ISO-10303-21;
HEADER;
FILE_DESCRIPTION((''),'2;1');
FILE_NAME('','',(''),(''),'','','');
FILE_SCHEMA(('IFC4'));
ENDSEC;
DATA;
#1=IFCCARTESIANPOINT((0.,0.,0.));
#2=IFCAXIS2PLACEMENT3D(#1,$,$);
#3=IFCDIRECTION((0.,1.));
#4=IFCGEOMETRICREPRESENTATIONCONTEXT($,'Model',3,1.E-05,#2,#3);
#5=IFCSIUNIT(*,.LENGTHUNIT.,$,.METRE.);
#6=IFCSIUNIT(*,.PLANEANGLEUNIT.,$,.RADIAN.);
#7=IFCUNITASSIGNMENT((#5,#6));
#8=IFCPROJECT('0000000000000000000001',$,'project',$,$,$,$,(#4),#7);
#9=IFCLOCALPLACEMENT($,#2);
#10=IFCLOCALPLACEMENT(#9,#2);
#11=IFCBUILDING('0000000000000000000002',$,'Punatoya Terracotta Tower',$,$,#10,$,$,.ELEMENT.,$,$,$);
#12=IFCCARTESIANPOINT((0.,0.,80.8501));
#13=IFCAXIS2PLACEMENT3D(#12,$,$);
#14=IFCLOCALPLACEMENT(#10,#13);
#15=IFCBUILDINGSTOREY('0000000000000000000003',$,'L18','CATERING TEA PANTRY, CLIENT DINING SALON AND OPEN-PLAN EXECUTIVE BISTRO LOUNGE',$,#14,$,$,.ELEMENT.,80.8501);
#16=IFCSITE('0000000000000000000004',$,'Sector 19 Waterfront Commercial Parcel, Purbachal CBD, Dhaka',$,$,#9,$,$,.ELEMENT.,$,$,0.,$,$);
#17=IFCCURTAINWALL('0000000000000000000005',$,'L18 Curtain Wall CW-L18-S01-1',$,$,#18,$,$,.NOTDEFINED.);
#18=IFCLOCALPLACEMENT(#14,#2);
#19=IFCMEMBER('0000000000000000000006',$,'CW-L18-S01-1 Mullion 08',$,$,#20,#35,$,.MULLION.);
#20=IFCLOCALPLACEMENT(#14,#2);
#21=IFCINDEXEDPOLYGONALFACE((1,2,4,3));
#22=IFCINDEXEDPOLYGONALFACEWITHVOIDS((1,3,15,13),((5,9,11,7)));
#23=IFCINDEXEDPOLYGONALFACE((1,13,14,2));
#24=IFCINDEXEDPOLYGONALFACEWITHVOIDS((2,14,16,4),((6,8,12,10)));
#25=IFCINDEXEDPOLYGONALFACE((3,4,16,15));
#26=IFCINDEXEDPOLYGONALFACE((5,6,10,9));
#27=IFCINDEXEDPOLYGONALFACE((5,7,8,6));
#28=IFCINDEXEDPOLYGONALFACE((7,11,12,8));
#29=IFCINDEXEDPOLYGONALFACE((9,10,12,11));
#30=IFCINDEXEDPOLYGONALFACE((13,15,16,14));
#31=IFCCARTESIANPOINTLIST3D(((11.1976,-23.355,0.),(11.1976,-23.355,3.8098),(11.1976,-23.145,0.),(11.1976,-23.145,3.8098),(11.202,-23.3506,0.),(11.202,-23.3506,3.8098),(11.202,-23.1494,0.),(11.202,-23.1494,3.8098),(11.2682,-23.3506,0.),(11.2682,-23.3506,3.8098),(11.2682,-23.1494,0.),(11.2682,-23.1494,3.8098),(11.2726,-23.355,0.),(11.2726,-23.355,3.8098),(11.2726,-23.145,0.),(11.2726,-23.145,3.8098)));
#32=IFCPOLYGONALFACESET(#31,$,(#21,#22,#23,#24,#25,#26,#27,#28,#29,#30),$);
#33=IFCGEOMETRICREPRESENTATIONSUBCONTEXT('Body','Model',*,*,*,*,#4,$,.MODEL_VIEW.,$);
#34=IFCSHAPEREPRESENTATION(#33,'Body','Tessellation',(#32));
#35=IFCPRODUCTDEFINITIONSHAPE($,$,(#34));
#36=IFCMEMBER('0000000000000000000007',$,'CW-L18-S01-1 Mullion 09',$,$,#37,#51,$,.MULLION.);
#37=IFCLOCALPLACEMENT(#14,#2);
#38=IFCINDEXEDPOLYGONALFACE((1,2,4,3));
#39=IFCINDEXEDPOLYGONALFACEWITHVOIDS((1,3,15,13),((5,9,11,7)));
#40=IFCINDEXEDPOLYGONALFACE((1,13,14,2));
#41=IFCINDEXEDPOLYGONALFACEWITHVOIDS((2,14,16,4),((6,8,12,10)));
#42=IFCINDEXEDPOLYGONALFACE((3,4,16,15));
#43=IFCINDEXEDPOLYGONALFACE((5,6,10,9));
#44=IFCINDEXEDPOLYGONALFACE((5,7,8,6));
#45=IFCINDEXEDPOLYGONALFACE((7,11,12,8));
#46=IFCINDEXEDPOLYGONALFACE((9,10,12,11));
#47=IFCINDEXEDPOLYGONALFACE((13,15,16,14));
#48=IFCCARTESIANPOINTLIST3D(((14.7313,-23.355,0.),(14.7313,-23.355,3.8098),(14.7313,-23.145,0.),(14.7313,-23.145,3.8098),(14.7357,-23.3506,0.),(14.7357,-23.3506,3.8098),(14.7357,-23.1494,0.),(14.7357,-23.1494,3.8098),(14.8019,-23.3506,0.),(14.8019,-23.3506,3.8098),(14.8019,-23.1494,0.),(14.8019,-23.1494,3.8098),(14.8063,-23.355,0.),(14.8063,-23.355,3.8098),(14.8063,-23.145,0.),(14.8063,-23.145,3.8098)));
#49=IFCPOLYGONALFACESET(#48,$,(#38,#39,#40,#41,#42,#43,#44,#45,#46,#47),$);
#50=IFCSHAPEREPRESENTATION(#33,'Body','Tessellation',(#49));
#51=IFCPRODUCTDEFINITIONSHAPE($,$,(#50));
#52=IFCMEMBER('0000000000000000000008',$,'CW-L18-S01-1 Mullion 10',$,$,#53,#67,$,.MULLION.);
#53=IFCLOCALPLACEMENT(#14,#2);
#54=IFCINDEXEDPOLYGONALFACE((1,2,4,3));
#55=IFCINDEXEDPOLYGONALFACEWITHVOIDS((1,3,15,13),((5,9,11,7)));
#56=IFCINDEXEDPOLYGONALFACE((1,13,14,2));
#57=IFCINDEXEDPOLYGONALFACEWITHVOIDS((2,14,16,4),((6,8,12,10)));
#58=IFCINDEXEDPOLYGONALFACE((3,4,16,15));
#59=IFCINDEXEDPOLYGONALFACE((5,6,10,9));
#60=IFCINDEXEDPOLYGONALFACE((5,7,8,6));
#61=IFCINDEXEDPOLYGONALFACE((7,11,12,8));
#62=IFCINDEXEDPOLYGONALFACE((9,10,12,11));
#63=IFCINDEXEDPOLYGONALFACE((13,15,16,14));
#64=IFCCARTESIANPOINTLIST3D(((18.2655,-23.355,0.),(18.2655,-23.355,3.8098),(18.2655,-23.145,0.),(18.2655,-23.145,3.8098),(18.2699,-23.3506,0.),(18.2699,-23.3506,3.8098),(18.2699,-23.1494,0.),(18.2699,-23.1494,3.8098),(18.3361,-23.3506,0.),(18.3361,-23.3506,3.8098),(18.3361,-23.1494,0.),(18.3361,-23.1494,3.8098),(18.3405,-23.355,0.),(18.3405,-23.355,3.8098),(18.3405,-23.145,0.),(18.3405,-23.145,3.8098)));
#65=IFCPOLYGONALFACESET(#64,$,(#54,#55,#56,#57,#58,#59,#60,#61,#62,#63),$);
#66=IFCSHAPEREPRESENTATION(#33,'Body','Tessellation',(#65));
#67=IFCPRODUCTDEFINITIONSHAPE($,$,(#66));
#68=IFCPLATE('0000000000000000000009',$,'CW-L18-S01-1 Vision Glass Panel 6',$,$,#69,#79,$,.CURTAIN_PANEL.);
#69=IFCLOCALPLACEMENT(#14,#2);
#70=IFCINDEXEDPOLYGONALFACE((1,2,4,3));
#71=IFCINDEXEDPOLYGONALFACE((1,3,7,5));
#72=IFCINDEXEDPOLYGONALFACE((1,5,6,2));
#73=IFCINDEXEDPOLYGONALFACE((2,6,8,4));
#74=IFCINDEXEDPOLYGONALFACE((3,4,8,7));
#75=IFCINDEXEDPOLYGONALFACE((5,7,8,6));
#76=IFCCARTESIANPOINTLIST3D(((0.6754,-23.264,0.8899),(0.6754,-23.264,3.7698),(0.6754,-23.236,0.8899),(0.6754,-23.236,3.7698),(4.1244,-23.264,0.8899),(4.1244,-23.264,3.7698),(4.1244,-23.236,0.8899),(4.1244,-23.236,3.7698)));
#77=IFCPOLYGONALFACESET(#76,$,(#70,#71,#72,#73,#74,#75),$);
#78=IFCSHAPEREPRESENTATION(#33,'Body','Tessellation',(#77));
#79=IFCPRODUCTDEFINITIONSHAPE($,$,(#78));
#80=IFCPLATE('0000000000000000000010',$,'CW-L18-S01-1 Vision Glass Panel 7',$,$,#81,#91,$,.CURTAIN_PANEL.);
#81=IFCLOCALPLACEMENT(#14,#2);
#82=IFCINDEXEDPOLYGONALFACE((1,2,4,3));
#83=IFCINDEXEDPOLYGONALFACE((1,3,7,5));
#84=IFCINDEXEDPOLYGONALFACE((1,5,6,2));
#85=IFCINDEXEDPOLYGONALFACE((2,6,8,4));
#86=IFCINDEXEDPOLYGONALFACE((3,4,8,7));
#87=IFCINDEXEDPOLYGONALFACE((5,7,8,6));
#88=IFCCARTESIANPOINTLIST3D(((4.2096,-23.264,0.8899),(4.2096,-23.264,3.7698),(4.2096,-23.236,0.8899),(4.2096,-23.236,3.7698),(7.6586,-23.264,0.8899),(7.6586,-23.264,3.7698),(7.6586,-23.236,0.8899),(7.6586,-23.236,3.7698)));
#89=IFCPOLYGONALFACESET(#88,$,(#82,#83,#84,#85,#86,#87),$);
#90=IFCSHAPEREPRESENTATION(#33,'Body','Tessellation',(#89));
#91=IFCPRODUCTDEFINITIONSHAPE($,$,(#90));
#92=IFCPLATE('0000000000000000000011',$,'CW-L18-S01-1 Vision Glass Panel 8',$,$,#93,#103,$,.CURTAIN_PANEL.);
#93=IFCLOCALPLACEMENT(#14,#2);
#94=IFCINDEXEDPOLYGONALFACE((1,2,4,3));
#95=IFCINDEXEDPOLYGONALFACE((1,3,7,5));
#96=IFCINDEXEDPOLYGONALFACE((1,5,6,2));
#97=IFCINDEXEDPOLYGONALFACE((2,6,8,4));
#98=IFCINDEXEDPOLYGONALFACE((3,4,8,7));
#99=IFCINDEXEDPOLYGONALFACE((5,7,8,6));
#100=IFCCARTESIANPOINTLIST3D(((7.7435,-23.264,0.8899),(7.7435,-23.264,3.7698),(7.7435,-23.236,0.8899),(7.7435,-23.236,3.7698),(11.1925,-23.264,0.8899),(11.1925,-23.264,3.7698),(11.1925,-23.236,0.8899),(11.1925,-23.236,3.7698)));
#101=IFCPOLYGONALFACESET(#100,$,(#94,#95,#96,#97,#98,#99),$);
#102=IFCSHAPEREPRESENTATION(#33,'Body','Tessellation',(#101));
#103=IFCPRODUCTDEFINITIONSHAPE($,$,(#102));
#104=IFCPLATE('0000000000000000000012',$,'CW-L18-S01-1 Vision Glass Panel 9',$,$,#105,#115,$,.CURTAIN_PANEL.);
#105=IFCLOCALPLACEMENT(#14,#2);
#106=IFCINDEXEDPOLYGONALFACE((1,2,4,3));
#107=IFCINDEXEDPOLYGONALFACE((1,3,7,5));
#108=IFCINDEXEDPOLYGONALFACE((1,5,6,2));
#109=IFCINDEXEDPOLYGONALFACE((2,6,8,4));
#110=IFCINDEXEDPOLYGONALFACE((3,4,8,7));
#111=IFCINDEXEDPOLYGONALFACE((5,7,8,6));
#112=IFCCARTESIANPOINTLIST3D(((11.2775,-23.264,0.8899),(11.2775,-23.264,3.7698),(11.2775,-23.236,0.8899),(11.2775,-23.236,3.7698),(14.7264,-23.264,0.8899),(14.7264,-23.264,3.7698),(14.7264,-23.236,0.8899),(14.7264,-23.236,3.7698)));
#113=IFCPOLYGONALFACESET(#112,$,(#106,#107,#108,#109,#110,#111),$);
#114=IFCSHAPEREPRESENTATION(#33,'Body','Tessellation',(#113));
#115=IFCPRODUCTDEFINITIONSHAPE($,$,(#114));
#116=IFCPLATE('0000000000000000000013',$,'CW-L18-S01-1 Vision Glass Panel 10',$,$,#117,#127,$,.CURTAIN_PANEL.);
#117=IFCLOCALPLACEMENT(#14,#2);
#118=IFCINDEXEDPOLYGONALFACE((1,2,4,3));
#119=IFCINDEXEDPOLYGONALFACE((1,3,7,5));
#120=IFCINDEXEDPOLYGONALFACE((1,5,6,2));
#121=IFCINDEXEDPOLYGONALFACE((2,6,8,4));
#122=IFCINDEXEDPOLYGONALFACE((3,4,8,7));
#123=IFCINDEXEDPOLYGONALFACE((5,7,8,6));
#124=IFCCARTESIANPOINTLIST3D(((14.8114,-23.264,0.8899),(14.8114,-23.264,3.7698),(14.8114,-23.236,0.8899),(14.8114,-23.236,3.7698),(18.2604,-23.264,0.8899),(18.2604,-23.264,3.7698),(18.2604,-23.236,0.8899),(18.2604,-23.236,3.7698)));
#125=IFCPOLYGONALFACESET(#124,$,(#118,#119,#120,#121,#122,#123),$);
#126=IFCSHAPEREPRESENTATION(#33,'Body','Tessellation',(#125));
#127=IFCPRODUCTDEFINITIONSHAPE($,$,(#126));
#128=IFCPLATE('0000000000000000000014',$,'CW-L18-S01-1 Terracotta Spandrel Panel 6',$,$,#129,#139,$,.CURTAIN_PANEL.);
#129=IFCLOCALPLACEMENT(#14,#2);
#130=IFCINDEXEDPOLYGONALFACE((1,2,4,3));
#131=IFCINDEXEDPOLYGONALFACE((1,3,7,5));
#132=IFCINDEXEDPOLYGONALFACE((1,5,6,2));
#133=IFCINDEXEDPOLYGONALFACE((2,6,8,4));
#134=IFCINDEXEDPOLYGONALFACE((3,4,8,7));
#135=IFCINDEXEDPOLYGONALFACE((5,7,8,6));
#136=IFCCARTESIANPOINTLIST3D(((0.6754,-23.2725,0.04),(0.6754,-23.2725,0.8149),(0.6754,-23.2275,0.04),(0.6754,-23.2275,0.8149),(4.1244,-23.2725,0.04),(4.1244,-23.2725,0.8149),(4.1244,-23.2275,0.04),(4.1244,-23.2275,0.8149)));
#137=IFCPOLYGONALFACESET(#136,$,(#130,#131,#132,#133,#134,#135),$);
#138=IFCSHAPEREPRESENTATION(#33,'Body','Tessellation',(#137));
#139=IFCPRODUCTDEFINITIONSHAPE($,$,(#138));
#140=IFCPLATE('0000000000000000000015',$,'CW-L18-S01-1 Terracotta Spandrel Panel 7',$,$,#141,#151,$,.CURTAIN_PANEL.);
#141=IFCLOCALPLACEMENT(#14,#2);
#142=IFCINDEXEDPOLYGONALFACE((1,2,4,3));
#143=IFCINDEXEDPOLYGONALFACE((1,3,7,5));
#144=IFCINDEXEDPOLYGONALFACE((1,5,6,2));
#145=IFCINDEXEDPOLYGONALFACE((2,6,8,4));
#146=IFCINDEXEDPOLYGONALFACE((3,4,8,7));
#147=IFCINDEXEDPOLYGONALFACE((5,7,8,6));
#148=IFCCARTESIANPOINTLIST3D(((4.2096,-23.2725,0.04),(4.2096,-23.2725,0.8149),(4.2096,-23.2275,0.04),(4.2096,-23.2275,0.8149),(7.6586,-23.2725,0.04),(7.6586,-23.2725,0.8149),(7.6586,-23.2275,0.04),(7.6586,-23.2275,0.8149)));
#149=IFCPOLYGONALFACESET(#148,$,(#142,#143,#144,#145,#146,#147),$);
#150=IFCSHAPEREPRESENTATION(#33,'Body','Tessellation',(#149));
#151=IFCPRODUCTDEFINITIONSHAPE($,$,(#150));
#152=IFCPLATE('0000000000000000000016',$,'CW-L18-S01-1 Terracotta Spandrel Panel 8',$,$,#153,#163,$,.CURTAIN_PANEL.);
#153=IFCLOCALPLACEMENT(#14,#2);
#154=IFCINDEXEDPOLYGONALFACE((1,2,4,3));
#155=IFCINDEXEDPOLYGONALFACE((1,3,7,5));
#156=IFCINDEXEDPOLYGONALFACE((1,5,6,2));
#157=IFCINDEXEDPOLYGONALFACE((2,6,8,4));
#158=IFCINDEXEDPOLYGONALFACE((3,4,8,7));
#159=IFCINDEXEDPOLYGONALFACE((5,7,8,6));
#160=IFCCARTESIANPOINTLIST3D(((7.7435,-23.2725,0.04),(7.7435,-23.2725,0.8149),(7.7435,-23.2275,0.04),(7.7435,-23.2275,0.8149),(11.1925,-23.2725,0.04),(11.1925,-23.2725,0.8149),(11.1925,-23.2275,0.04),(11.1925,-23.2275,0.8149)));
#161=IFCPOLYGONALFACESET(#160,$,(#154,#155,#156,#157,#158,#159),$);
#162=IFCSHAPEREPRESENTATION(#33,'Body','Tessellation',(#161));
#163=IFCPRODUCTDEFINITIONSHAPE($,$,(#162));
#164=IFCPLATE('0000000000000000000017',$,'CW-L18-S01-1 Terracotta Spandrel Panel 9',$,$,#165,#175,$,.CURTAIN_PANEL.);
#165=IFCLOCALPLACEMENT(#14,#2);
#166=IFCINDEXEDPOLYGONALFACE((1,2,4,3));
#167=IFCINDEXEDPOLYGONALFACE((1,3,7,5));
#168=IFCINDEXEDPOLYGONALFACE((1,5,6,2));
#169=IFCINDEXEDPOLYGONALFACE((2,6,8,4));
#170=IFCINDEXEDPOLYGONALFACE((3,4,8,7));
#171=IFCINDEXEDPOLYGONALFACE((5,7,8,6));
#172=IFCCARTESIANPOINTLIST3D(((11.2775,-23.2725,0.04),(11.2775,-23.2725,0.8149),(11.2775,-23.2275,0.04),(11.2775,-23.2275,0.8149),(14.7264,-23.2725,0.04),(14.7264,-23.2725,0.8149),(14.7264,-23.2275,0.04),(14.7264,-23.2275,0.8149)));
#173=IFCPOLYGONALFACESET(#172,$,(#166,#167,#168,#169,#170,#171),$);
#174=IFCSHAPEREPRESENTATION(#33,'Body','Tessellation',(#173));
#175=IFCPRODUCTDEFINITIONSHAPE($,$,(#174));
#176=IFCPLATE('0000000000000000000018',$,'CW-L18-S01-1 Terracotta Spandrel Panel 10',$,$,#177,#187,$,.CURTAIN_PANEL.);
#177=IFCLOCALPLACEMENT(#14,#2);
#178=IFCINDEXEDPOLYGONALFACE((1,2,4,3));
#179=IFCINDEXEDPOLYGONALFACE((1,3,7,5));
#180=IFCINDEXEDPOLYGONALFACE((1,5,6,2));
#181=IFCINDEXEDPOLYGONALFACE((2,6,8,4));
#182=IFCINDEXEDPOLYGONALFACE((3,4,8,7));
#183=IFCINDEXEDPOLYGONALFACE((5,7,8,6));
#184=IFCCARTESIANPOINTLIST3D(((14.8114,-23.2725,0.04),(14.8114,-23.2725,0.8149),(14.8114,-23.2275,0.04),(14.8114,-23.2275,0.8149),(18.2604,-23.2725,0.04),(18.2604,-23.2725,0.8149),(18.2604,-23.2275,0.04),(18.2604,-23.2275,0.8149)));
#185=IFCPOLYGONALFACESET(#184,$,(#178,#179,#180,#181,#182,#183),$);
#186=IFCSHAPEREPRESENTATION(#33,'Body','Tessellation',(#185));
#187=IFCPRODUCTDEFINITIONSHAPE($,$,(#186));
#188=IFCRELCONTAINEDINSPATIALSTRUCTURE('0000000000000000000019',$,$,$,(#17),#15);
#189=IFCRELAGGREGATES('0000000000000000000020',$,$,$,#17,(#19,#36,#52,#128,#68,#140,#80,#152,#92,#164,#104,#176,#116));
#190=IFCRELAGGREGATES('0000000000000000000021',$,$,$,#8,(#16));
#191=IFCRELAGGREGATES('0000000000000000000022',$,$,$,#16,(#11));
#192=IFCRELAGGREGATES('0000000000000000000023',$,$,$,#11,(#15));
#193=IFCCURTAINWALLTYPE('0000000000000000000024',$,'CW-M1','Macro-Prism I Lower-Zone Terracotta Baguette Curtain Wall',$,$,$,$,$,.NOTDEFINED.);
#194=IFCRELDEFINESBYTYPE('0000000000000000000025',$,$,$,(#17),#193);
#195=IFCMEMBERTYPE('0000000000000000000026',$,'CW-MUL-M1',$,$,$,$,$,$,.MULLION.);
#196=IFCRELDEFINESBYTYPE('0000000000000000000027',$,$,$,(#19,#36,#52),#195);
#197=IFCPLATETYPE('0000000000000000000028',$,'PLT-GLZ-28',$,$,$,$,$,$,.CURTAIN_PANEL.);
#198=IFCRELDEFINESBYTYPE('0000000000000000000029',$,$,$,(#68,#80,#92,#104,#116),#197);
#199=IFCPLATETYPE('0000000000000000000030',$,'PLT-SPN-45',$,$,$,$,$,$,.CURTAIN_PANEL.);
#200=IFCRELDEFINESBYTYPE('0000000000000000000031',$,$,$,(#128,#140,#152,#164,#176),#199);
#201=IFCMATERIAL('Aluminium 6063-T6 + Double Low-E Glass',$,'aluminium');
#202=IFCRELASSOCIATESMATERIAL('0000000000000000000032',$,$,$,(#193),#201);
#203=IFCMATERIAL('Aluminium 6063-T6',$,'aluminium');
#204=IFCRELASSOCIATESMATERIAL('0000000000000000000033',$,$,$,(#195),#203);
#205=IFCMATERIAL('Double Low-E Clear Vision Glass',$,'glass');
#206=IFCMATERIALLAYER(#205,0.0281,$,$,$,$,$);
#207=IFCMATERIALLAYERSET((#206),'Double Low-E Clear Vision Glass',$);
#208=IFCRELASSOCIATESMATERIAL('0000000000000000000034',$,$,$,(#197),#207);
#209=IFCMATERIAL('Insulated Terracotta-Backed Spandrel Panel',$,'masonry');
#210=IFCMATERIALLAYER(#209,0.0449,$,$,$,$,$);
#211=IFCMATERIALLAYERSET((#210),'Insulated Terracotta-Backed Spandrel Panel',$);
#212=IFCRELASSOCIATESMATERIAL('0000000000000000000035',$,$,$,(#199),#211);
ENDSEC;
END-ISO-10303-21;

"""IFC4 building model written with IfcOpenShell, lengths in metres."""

from ifc_helpers import new_model, si_unit, direction, frame, origin, origin_2d, place, context, subcontext, project, spatial, rectangle, hollow_rectangle, extrude, material, layer, layer_set, material_profile, profile_set, type_object, element, aggregate, save


model = new_model("IFC4")

# Units and contexts
model_context = context("Model", 3, precision=1e-05, world=origin(), true_north=direction((0.0, 1.0)))
body_context = subcontext(model_context, "Body", "Model", "MODEL_VIEW")
ifc_project = project(units=[si_unit("LENGTHUNIT", "METRE"), si_unit("PLANEANGLEUNIT", "RADIAN")], contexts=[model_context])

# Site, building, storey
site_placement = place(None, origin())
site = spatial("IfcSite", under=ifc_project, at=site_placement, Name="Sector 19 Waterfront Commercial Parcel, Purbachal CBD, Dhaka", CompositionType="ELEMENT", RefElevation=0.0)
building_placement = place(site_placement, origin())
building = spatial("IfcBuilding", under=site, at=building_placement, Name="Punatoya Terracotta Tower", CompositionType="ELEMENT")
storey_placement = place(building_placement, frame((0.0, 0.0, 80.8501)))
storey = spatial("IfcBuildingStorey", under=building, at=storey_placement, Name="L18", Description="CATERING TEA PANTRY, CLIENT DINING SALON AND OPEN-PLAN EXECUTIVE BISTRO LOUNGE", CompositionType="ELEMENT", Elevation=80.8501)

# Curtain wall, members, plates
ifc_material_1 = material(Name="Aluminium 6063-T6 + Double Low-E Glass", Category="aluminium")
curtain_wall_type = type_object("IfcCurtainWallType", Name="CW-M1", Description="Macro-Prism I Lower-Zone Terracotta Baguette Curtain Wall", PredefinedType="NOTDEFINED", material=ifc_material_1)
curtain_wall_placement = place(storey_placement, origin())
curtain_wall = element("IfcCurtainWall", 1, at=curtain_wall_placement, inside=storey, type_object=curtain_wall_type, Name="L18 Curtain Wall CW-L18-S01-1", PredefinedType="NOTDEFINED")
ifc_material_2 = material(Name="Aluminium 6063-T6", Category="aluminium")
ifc_material_profile_1 = material_profile(ifc_material_2, hollow_rectangle(XDim=0.075, YDim=0.21, WallThickness=0.0044, at=origin_2d()))
ifc_profile_set_1 = profile_set([ifc_material_profile_1], Name="Aluminium 6063-T6")
member_type = type_object("IfcMemberType", Name="CW-MUL-M1", PredefinedType="MULLION", material=ifc_profile_set_1)
member_1_placement = place(storey_placement, frame((11.2351, -23.25, 0.0), z_axis=(0.0, 0.0, 1.0), x_axis=(1.0, 0.0, 0.0)))
member_1 = element("IfcMember", 2, at=member_1_placement, type_object=member_type, Name="CW-L18-S01-1 Mullion 08", PredefinedType="MULLION", context=body_context, shape_type="SweptSolid", body=[
    extrude(hollow_rectangle(XDim=0.075, YDim=0.21, WallThickness=0.0044, at=origin_2d()), origin(), (0.0, 0.0, 1.0), 3.8098),
])
member_2_placement = place(storey_placement, frame((14.7688, -23.25, 0.0), z_axis=(0.0, 0.0, 1.0), x_axis=(1.0, 0.0, 0.0)))
member_2 = element("IfcMember", 3, at=member_2_placement, type_object=member_type, Name="CW-L18-S01-1 Mullion 09", PredefinedType="MULLION", context=body_context, shape_type="SweptSolid", body=[
    extrude(hollow_rectangle(XDim=0.075, YDim=0.21, WallThickness=0.0044, at=origin_2d()), origin(), (0.0, 0.0, 1.0), 3.8098),
])
member_3_placement = place(storey_placement, frame((18.303, -23.25, 0.0), z_axis=(0.0, 0.0, 1.0), x_axis=(1.0, 0.0, 0.0)))
member_3 = element("IfcMember", 4, at=member_3_placement, type_object=member_type, Name="CW-L18-S01-1 Mullion 10", PredefinedType="MULLION", context=body_context, shape_type="SweptSolid", body=[
    extrude(hollow_rectangle(XDim=0.075, YDim=0.21, WallThickness=0.0044, at=origin_2d()), origin(), (0.0, 0.0, 1.0), 3.8098),
])
ifc_material_3 = material(Name="Double Low-E Clear Vision Glass", Category="glass")
ifc_layer_1 = layer(ifc_material_3, 0.0281)
ifc_layer_set_1 = layer_set([ifc_layer_1], Name="Double Low-E Clear Vision Glass")
plate_type_1 = type_object("IfcPlateType", Name="PLT-GLZ-28", PredefinedType="CURTAIN_PANEL", material=ifc_layer_set_1)
plate_1_placement = place(storey_placement, frame((2.3999, -23.25, 0.8899), z_axis=(0.0, 0.0, 1.0), x_axis=(1.0, 0.0, 0.0)))
plate_1 = element("IfcPlate", 5, at=plate_1_placement, type_object=plate_type_1, Name="CW-L18-S01-1 Vision Glass Panel 6", PredefinedType="CURTAIN_PANEL", context=body_context, shape_type="SweptSolid", body=[
    extrude(rectangle(XDim=3.449, YDim=0.0281, at=origin_2d()), origin(), (0.0, 0.0, 1.0), 2.8799),
])
plate_2_placement = place(storey_placement, frame((5.9341, -23.25, 0.8899), z_axis=(0.0, 0.0, 1.0), x_axis=(1.0, 0.0, 0.0)))
plate_2 = element("IfcPlate", 6, at=plate_2_placement, type_object=plate_type_1, Name="CW-L18-S01-1 Vision Glass Panel 7", PredefinedType="CURTAIN_PANEL", context=body_context, shape_type="SweptSolid", body=[
    extrude(rectangle(XDim=3.449, YDim=0.0281, at=origin_2d()), origin(), (0.0, 0.0, 1.0), 2.8799),
])
plate_3_placement = place(storey_placement, frame((9.468, -23.25, 0.8899), z_axis=(0.0, 0.0, 1.0), x_axis=(1.0, 0.0, 0.0)))
plate_3 = element("IfcPlate", 7, at=plate_3_placement, type_object=plate_type_1, Name="CW-L18-S01-1 Vision Glass Panel 8", PredefinedType="CURTAIN_PANEL", context=body_context, shape_type="SweptSolid", body=[
    extrude(rectangle(XDim=3.449, YDim=0.0281, at=origin_2d()), origin(), (0.0, 0.0, 1.0), 2.8799),
])
plate_4_placement = place(storey_placement, frame((13.002, -23.25, 0.8899), z_axis=(0.0, 0.0, 1.0), x_axis=(1.0, 0.0, 0.0)))
plate_4 = element("IfcPlate", 8, at=plate_4_placement, type_object=plate_type_1, Name="CW-L18-S01-1 Vision Glass Panel 9", PredefinedType="CURTAIN_PANEL", context=body_context, shape_type="SweptSolid", body=[
    extrude(rectangle(XDim=3.449, YDim=0.0281, at=origin_2d()), origin(), (0.0, 0.0, 1.0), 2.8799),
])
plate_5_placement = place(storey_placement, frame((16.5359, -23.25, 0.8899), z_axis=(0.0, 0.0, 1.0), x_axis=(1.0, 0.0, 0.0)))
plate_5 = element("IfcPlate", 9, at=plate_5_placement, type_object=plate_type_1, Name="CW-L18-S01-1 Vision Glass Panel 10", PredefinedType="CURTAIN_PANEL", context=body_context, shape_type="SweptSolid", body=[
    extrude(rectangle(XDim=3.449, YDim=0.0281, at=origin_2d()), origin(), (0.0, 0.0, 1.0), 2.8799),
])
ifc_material_4 = material(Name="Insulated Terracotta-Backed Spandrel Panel", Category="masonry")
ifc_layer_2 = layer(ifc_material_4, 0.0449)
ifc_layer_set_2 = layer_set([ifc_layer_2], Name="Insulated Terracotta-Backed Spandrel Panel")
plate_type_2 = type_object("IfcPlateType", Name="PLT-SPN-45", PredefinedType="CURTAIN_PANEL", material=ifc_layer_set_2)
plate_6_placement = place(storey_placement, frame((2.3999, -23.25, 0.04), z_axis=(0.0, 0.0, 1.0), x_axis=(1.0, 0.0, 0.0)))
plate_6 = element("IfcPlate", 10, at=plate_6_placement, type_object=plate_type_2, Name="CW-L18-S01-1 Terracotta Spandrel Panel 6", PredefinedType="CURTAIN_PANEL", context=body_context, shape_type="SweptSolid", body=[
    extrude(rectangle(XDim=3.449, YDim=0.0449, at=origin_2d()), origin(), (0.0, 0.0, 1.0), 0.7749),
])
plate_7_placement = place(storey_placement, frame((5.9341, -23.25, 0.04), z_axis=(0.0, 0.0, 1.0), x_axis=(1.0, 0.0, 0.0)))
plate_7 = element("IfcPlate", 11, at=plate_7_placement, type_object=plate_type_2, Name="CW-L18-S01-1 Terracotta Spandrel Panel 7", PredefinedType="CURTAIN_PANEL", context=body_context, shape_type="SweptSolid", body=[
    extrude(rectangle(XDim=3.449, YDim=0.0449, at=origin_2d()), origin(), (0.0, 0.0, 1.0), 0.7749),
])
plate_8_placement = place(storey_placement, frame((9.468, -23.25, 0.04), z_axis=(0.0, 0.0, 1.0), x_axis=(1.0, 0.0, 0.0)))
plate_8 = element("IfcPlate", 12, at=plate_8_placement, type_object=plate_type_2, Name="CW-L18-S01-1 Terracotta Spandrel Panel 8", PredefinedType="CURTAIN_PANEL", context=body_context, shape_type="SweptSolid", body=[
    extrude(rectangle(XDim=3.449, YDim=0.0449, at=origin_2d()), origin(), (0.0, 0.0, 1.0), 0.7749),
])
plate_9_placement = place(storey_placement, frame((13.002, -23.25, 0.04), z_axis=(0.0, 0.0, 1.0), x_axis=(1.0, 0.0, 0.0)))
plate_9 = element("IfcPlate", 13, at=plate_9_placement, type_object=plate_type_2, Name="CW-L18-S01-1 Terracotta Spandrel Panel 9", PredefinedType="CURTAIN_PANEL", context=body_context, shape_type="SweptSolid", body=[
    extrude(rectangle(XDim=3.449, YDim=0.0449, at=origin_2d()), origin(), (0.0, 0.0, 1.0), 0.7749),
])
plate_10_placement = place(storey_placement, frame((16.5359, -23.25, 0.04), z_axis=(0.0, 0.0, 1.0), x_axis=(1.0, 0.0, 0.0)))
plate_10 = element("IfcPlate", 14, at=plate_10_placement, type_object=plate_type_2, Name="CW-L18-S01-1 Terracotta Spandrel Panel 10", PredefinedType="CURTAIN_PANEL", context=body_context, shape_type="SweptSolid", body=[
    extrude(rectangle(XDim=3.449, YDim=0.0449, at=origin_2d()), origin(), (0.0, 0.0, 1.0), 0.7749),
])
aggregate(curtain_wall, [member_1, member_2, member_3, plate_6, plate_1, plate_7, plate_2, plate_8, plate_3, plate_9, plate_4, plate_10, plate_5])

save(model, "model.ifc")
